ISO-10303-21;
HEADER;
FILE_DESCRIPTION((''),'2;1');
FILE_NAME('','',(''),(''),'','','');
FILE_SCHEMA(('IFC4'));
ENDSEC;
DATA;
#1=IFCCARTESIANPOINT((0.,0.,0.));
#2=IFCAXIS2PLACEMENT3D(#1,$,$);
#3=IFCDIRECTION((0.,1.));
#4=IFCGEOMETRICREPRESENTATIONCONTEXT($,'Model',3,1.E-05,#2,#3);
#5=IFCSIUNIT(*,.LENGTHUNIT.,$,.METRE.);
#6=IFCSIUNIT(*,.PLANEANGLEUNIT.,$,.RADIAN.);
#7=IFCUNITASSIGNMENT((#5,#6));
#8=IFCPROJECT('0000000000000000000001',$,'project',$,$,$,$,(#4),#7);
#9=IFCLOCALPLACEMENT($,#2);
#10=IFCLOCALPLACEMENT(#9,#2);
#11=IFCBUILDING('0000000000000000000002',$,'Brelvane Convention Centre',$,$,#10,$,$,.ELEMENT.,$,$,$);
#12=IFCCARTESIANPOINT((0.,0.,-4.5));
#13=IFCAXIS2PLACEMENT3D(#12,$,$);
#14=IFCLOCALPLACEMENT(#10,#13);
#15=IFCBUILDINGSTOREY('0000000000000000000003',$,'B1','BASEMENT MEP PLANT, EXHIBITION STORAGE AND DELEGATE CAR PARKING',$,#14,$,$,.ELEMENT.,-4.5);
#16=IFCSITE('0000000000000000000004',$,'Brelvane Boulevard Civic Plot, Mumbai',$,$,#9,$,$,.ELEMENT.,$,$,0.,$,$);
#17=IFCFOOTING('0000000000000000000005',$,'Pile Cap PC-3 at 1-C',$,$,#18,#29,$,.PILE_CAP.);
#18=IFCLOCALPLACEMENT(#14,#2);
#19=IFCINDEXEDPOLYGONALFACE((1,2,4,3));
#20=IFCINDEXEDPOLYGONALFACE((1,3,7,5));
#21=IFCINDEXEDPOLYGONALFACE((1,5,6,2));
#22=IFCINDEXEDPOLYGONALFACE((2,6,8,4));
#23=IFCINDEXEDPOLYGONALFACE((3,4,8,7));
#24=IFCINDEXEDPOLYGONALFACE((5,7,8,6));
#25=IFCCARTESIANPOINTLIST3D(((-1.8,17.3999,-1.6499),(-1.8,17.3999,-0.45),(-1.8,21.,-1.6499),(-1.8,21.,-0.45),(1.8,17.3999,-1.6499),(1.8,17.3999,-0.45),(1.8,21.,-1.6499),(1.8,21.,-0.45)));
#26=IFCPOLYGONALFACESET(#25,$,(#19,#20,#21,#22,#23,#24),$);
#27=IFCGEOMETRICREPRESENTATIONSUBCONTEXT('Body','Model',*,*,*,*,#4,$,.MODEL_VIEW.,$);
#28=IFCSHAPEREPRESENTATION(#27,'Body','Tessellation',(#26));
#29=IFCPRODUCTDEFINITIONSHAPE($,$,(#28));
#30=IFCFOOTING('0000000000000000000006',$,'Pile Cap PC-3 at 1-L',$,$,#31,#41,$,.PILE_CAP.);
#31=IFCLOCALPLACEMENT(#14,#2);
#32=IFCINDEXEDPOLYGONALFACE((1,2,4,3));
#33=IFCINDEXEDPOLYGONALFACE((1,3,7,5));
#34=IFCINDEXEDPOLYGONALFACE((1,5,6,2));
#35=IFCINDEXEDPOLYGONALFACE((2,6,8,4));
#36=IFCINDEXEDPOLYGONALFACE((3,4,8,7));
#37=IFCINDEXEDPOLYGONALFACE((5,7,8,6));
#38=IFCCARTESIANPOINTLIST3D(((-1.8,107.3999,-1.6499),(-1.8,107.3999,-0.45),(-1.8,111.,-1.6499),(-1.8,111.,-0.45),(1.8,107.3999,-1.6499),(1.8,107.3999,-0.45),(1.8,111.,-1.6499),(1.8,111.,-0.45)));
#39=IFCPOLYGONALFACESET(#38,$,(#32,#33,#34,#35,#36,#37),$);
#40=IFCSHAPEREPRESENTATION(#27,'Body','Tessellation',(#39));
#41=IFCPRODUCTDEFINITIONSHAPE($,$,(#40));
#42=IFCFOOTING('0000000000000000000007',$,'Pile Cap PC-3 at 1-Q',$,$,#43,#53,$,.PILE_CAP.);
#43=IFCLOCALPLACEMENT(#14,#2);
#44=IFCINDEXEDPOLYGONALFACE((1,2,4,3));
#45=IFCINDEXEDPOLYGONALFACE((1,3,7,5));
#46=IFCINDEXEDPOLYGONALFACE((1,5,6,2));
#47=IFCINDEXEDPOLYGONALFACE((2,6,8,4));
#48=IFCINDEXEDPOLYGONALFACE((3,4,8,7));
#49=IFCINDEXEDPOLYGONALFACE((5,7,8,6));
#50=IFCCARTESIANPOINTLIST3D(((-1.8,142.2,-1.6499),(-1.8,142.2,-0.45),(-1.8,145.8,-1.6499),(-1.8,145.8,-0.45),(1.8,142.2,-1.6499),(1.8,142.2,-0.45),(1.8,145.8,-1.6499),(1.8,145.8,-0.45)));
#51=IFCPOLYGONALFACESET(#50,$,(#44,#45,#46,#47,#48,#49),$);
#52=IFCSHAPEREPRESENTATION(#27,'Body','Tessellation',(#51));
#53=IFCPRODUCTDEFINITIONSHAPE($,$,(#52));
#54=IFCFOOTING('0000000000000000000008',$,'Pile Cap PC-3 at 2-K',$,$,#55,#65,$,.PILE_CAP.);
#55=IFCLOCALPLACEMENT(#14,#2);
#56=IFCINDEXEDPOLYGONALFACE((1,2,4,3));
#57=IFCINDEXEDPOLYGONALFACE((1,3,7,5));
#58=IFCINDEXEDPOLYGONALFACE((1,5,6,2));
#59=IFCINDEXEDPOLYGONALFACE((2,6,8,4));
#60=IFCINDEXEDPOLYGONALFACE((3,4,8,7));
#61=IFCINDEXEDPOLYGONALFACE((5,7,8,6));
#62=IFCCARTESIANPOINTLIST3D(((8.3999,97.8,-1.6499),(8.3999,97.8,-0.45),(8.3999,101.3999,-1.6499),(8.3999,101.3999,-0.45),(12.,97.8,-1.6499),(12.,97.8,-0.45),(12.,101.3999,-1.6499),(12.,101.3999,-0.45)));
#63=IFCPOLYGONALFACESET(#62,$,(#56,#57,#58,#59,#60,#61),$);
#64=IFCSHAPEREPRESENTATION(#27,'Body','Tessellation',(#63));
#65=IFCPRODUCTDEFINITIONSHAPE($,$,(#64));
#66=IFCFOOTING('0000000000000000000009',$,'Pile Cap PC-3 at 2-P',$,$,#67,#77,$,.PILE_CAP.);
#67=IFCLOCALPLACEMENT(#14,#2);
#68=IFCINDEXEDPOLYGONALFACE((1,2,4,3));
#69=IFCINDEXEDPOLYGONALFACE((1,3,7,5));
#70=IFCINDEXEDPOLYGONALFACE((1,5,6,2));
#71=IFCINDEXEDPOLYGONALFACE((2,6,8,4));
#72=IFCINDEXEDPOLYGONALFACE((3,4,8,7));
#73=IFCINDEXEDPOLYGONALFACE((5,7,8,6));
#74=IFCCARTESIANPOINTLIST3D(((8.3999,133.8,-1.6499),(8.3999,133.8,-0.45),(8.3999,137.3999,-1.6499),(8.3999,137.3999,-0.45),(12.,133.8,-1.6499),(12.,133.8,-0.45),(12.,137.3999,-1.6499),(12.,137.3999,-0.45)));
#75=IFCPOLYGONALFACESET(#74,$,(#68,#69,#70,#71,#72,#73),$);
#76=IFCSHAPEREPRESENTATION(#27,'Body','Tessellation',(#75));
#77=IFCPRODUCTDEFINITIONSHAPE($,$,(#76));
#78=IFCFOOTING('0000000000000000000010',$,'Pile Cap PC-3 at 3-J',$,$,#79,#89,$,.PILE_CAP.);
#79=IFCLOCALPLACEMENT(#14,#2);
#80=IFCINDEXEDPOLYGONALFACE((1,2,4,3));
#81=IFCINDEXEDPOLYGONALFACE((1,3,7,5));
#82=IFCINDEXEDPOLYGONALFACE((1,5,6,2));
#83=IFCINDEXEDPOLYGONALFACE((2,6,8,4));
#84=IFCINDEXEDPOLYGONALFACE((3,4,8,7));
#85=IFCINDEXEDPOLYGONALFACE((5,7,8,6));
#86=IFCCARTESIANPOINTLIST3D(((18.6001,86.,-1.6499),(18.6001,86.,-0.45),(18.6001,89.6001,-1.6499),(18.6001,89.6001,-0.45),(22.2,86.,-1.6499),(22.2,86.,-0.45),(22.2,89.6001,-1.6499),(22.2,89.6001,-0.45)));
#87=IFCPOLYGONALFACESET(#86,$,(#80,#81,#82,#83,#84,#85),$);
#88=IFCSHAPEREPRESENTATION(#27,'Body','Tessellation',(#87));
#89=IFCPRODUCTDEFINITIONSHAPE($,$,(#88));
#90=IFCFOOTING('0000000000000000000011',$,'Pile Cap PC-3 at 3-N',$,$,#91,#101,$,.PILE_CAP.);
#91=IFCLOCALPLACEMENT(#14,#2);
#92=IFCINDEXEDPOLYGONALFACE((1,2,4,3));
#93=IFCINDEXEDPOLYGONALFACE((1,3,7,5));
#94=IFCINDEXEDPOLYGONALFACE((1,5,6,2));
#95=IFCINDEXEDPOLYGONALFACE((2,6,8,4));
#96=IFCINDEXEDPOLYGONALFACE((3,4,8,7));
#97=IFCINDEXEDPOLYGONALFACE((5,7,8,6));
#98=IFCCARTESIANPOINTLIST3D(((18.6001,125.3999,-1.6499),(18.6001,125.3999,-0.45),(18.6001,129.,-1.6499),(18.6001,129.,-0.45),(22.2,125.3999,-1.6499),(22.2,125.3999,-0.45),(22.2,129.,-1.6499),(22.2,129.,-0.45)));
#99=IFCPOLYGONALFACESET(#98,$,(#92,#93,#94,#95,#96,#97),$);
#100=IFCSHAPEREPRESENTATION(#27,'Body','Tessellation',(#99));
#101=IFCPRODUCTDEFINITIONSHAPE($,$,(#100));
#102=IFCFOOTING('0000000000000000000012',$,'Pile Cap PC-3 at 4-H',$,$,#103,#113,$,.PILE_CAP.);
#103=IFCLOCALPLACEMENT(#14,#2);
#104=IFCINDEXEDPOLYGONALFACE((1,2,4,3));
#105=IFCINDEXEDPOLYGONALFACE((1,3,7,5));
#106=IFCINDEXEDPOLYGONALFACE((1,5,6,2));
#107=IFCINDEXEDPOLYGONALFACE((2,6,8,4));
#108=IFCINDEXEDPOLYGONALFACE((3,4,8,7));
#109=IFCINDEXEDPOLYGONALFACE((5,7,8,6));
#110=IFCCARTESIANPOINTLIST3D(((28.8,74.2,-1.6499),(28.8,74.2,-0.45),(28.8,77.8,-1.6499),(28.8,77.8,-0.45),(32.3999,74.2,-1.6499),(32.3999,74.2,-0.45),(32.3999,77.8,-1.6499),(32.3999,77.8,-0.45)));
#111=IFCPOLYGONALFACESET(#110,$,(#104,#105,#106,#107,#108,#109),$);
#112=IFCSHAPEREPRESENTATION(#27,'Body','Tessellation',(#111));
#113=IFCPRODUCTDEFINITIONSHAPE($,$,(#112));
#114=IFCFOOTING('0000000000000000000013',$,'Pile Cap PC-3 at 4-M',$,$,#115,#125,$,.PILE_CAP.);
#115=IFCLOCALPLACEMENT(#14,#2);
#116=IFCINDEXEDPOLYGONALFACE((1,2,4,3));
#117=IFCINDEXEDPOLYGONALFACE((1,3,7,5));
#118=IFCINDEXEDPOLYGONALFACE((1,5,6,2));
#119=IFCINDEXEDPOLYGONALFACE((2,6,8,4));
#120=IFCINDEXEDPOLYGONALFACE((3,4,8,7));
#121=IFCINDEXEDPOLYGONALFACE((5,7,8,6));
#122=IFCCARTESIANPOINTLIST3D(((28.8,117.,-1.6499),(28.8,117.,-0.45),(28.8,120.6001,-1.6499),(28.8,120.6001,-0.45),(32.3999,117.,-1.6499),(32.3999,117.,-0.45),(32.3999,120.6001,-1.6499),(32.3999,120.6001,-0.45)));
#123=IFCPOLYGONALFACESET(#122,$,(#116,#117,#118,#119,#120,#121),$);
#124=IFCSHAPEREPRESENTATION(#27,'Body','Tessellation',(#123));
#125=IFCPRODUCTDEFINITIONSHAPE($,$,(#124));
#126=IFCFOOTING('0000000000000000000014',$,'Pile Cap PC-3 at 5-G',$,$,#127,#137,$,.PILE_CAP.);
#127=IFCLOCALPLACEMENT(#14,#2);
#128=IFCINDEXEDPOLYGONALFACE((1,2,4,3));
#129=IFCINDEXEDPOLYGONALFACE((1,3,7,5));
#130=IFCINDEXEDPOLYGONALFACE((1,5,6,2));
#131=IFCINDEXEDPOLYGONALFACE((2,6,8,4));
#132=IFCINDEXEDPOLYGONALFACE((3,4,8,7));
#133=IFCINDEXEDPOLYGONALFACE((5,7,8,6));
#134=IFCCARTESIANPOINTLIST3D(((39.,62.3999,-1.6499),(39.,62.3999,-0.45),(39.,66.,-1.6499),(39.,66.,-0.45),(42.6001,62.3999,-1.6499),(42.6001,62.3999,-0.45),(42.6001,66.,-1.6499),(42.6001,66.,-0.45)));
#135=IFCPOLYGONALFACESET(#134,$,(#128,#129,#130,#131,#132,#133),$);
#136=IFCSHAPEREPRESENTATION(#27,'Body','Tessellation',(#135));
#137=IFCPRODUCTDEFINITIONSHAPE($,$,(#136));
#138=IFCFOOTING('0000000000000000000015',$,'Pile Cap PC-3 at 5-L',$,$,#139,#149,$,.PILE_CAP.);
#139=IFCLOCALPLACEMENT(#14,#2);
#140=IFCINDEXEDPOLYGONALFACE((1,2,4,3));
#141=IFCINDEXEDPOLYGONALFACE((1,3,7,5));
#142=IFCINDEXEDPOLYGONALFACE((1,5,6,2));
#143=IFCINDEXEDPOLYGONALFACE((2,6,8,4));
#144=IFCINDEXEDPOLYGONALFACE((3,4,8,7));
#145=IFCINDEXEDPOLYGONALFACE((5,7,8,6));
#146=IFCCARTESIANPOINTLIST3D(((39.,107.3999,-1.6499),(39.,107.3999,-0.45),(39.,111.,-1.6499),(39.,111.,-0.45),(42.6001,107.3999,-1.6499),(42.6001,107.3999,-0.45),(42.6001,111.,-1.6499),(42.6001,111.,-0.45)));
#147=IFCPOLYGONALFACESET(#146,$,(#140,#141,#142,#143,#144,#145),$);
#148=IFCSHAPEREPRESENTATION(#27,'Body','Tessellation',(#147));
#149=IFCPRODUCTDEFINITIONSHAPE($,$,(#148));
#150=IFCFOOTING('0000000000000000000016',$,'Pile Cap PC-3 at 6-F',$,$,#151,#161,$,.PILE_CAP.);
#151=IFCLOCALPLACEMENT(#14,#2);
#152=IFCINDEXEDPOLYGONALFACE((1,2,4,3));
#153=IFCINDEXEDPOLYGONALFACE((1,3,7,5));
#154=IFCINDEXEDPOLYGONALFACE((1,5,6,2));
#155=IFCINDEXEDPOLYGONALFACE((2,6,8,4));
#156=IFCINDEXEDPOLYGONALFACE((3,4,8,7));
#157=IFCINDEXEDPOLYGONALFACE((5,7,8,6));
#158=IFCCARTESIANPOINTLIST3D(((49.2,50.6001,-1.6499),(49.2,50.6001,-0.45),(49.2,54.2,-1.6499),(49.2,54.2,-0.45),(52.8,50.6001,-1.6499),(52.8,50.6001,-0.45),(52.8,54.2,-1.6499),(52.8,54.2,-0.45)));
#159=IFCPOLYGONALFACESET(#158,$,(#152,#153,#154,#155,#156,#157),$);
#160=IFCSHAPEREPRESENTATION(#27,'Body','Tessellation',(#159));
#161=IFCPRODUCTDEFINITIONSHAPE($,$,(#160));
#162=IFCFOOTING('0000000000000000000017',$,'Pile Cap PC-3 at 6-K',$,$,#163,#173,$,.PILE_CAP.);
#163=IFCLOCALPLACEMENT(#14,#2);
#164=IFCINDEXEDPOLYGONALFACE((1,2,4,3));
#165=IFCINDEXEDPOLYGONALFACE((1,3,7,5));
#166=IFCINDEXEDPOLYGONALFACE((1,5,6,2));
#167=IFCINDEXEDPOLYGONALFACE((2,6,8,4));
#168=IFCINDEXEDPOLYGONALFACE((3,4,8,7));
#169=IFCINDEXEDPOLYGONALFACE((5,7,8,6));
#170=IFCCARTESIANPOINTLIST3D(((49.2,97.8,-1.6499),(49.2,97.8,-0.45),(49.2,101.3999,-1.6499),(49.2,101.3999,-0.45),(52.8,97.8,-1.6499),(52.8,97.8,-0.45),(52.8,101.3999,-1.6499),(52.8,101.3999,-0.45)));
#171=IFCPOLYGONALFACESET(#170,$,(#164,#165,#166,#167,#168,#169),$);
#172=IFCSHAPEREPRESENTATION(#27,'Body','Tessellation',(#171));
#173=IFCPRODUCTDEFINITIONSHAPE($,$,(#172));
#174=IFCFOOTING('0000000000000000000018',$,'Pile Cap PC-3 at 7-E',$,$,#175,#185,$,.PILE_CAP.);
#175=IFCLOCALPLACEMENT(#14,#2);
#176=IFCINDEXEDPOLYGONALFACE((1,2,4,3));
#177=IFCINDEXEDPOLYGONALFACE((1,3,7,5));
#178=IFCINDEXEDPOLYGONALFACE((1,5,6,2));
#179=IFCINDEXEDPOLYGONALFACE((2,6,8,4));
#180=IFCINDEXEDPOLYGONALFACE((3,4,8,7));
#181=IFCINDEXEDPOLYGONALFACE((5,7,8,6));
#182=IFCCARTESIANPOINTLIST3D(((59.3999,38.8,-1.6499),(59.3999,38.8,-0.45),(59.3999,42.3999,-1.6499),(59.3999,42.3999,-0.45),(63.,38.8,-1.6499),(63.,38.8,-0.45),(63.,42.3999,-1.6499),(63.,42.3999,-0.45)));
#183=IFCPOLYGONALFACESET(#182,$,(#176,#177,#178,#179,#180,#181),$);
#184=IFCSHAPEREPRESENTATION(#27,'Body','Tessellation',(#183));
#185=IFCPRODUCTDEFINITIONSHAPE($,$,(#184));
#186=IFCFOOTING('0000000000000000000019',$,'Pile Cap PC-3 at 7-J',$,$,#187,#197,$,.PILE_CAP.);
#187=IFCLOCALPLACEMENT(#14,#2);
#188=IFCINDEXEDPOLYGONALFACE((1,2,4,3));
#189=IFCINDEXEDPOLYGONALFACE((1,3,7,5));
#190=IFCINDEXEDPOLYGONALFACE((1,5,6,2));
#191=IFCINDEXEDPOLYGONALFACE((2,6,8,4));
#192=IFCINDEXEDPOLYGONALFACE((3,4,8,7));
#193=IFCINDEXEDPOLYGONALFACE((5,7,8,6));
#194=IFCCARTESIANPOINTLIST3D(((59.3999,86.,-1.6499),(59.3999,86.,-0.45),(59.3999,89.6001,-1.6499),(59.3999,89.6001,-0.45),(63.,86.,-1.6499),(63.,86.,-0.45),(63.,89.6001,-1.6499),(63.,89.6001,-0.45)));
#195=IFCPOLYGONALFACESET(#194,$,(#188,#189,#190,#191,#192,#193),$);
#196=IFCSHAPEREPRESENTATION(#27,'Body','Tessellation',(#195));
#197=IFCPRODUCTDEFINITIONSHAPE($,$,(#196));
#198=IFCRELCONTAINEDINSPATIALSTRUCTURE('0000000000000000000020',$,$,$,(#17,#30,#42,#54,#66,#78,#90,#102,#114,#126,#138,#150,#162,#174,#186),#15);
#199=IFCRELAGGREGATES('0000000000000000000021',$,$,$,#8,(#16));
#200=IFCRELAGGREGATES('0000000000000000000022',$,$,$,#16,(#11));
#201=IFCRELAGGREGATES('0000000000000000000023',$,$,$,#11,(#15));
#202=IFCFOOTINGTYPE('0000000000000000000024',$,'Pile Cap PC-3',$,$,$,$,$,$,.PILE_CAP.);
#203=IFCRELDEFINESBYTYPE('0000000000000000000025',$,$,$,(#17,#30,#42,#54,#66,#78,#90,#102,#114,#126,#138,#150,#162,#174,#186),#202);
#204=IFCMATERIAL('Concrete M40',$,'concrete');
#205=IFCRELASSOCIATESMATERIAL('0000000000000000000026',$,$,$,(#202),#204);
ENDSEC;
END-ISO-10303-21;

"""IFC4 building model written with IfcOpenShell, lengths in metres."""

from ifc_helpers import new_model, si_unit, direction, frame, origin, place, context, subcontext, project, spatial, polyline, outline, extrude, material, type_object, element, save


model = new_model("IFC4")

# Units and contexts
model_context = context("Model", 3, precision=1e-05, world=origin(), true_north=direction((0.0, 1.0)))
body_context = subcontext(model_context, "Body", "Model", "MODEL_VIEW")
ifc_project = project(units=[si_unit("LENGTHUNIT", "METRE"), si_unit("PLANEANGLEUNIT", "RADIAN")], contexts=[model_context])

# Site, building, storey
site_placement = place(None, origin())
site = spatial("IfcSite", under=ifc_project, at=site_placement, Name="Brelvane Boulevard Civic Plot, Mumbai", CompositionType="ELEMENT", RefElevation=0.0)
building_placement = place(site_placement, origin())
building = spatial("IfcBuilding", under=site, at=building_placement, Name="Brelvane Convention Centre", CompositionType="ELEMENT")
storey_placement = place(building_placement, frame((0.0, 0.0, -4.5)))
storey = spatial("IfcBuildingStorey", under=building, at=storey_placement, Name="B1", Description="BASEMENT MEP PLANT, EXHIBITION STORAGE AND DELEGATE CAR PARKING", CompositionType="ELEMENT", Elevation=-4.5)

# Footings
ifc_material_1 = material(Name="Concrete M40", Category="concrete")
footing_type_1 = type_object("IfcFootingType", Name="Pile Cap PC-3", PredefinedType="PILE_CAP", material=ifc_material_1)
footing_1_placement = place(storey_placement, frame((0.0, 0.0, -1.6499)))
element("IfcFooting", 1, at=footing_1_placement, inside=storey, type_object=footing_type_1, Name="Pile Cap PC-3 at 1-C", PredefinedType="PILE_CAP", context=body_context, shape_type="SweptSolid", body=[
    extrude(outline(polyline([(-1.8, 17.3999), (1.8, 17.3999), (1.8, 21.0), (-1.8, 21.0), (-1.8, 17.3999)])), origin(), (0.0, 0.0, 1.0), 1.2),
])
footing_2_placement = place(storey_placement, frame((0.0, 0.0, -1.6499)))
element("IfcFooting", 2, at=footing_2_placement, inside=storey, type_object=footing_type_1, Name="Pile Cap PC-3 at 1-L", PredefinedType="PILE_CAP", context=body_context, shape_type="SweptSolid", body=[
    extrude(outline(polyline([(-1.8, 107.3999), (1.8, 107.3999), (1.8, 111.0), (-1.8, 111.0), (-1.8, 107.3999)])), origin(), (0.0, 0.0, 1.0), 1.2),
])
footing_3_placement = place(storey_placement, frame((0.0, 0.0, -1.6499)))
element("IfcFooting", 3, at=footing_3_placement, inside=storey, type_object=footing_type_1, Name="Pile Cap PC-3 at 1-Q", PredefinedType="PILE_CAP", context=body_context, shape_type="SweptSolid", body=[
    extrude(outline(polyline([(-1.8, 142.2), (1.8, 142.2), (1.8, 145.8), (-1.8, 145.8), (-1.8, 142.2)])), origin(), (0.0, 0.0, 1.0), 1.2),
])
footing_4_placement = place(storey_placement, frame((0.0, 0.0, -1.6499)))
element("IfcFooting", 4, at=footing_4_placement, inside=storey, type_object=footing_type_1, Name="Pile Cap PC-3 at 2-K", PredefinedType="PILE_CAP", context=body_context, shape_type="SweptSolid", body=[
    extrude(outline(polyline([(8.3999, 97.8), (12.0, 97.8), (12.0, 101.3999), (8.3999, 101.3999), (8.3999, 97.8)])), origin(), (0.0, 0.0, 1.0), 1.2),
])
footing_5_placement = place(storey_placement, frame((0.0, 0.0, -1.6499)))
element("IfcFooting", 5, at=footing_5_placement, inside=storey, type_object=footing_type_1, Name="Pile Cap PC-3 at 2-P", PredefinedType="PILE_CAP", context=body_context, shape_type="SweptSolid", body=[
    extrude(outline(polyline([(8.3999, 133.8), (12.0, 133.8), (12.0, 137.3999), (8.3999, 137.3999), (8.3999, 133.8)])), origin(), (0.0, 0.0, 1.0), 1.2),
])
footing_6_placement = place(storey_placement, frame((0.0, 0.0, -1.6499)))
element("IfcFooting", 6, at=footing_6_placement, inside=storey, type_object=footing_type_1, Name="Pile Cap PC-3 at 3-J", PredefinedType="PILE_CAP", context=body_context, shape_type="SweptSolid", body=[
    extrude(outline(polyline([(18.6001, 86.0), (22.2, 86.0), (22.2, 89.6001), (18.6001, 89.6001), (18.6001, 86.0)])), origin(), (0.0, 0.0, 1.0), 1.2),
])
footing_7_placement = place(storey_placement, frame((0.0, 0.0, -1.6499)))
element("IfcFooting", 7, at=footing_7_placement, inside=storey, type_object=footing_type_1, Name="Pile Cap PC-3 at 3-N", PredefinedType="PILE_CAP", context=body_context, shape_type="SweptSolid", body=[
    extrude(outline(polyline([(18.6001, 125.3999), (22.2, 125.3999), (22.2, 129.0), (18.6001, 129.0), (18.6001, 125.3999)])), origin(), (0.0, 0.0, 1.0), 1.2),
])
footing_8_placement = place(storey_placement, frame((0.0, 0.0, -1.6499)))
element("IfcFooting", 8, at=footing_8_placement, inside=storey, type_object=footing_type_1, Name="Pile Cap PC-3 at 4-H", PredefinedType="PILE_CAP", context=body_context, shape_type="SweptSolid", body=[
    extrude(outline(polyline([(28.8, 74.2), (32.3999, 74.2), (32.3999, 77.8), (28.8, 77.8), (28.8, 74.2)])), origin(), (0.0, 0.0, 1.0), 1.2),
])
footing_9_placement = place(storey_placement, frame((0.0, 0.0, -1.6499)))
element("IfcFooting", 9, at=footing_9_placement, inside=storey, type_object=footing_type_1, Name="Pile Cap PC-3 at 4-M", PredefinedType="PILE_CAP", context=body_context, shape_type="SweptSolid", body=[
    extrude(outline(polyline([(28.8, 117.0), (32.3999, 117.0), (32.3999, 120.6001), (28.8, 120.6001), (28.8, 117.0)])), origin(), (0.0, 0.0, 1.0), 1.2),
])
footing_10_placement = place(storey_placement, frame((0.0, 0.0, -1.6499)))
element("IfcFooting", 10, at=footing_10_placement, inside=storey, type_object=footing_type_1, Name="Pile Cap PC-3 at 5-G", PredefinedType="PILE_CAP", context=body_context, shape_type="SweptSolid", body=[
    extrude(outline(polyline([(39.0, 62.3999), (42.6001, 62.3999), (42.6001, 66.0), (39.0, 66.0), (39.0, 62.3999)])), origin(), (0.0, 0.0, 1.0), 1.2),
])
footing_11_placement = place(storey_placement, frame((0.0, 0.0, -1.6499)))
element("IfcFooting", 11, at=footing_11_placement, inside=storey, type_object=footing_type_1, Name="Pile Cap PC-3 at 5-L", PredefinedType="PILE_CAP", context=body_context, shape_type="SweptSolid", body=[
    extrude(outline(polyline([(39.0, 107.3999), (42.6001, 107.3999), (42.6001, 111.0), (39.0, 111.0), (39.0, 107.3999)])), origin(), (0.0, 0.0, 1.0), 1.2),
])
footing_12_placement = place(storey_placement, frame((0.0, 0.0, -1.6499)))
element("IfcFooting", 12, at=footing_12_placement, inside=storey, type_object=footing_type_1, Name="Pile Cap PC-3 at 6-F", PredefinedType="PILE_CAP", context=body_context, shape_type="SweptSolid", body=[
    extrude(outline(polyline([(49.2, 50.6001), (52.8, 50.6001), (52.8, 54.2), (49.2, 54.2), (49.2, 50.6001)])), origin(), (0.0, 0.0, 1.0), 1.2),
])
footing_13_placement = place(storey_placement, frame((0.0, 0.0, -1.6499)))
element("IfcFooting", 13, at=footing_13_placement, inside=storey, type_object=footing_type_1, Name="Pile Cap PC-3 at 6-K", PredefinedType="PILE_CAP", context=body_context, shape_type="SweptSolid", body=[
    extrude(outline(polyline([(49.2, 97.8), (52.8, 97.8), (52.8, 101.3999), (49.2, 101.3999), (49.2, 97.8)])), origin(), (0.0, 0.0, 1.0), 1.2),
])
footing_14_placement = place(storey_placement, frame((0.0, 0.0, -1.6499)))
element("IfcFooting", 14, at=footing_14_placement, inside=storey, type_object=footing_type_1, Name="Pile Cap PC-3 at 7-E", PredefinedType="PILE_CAP", context=body_context, shape_type="SweptSolid", body=[
    extrude(outline(polyline([(59.3999, 38.8), (63.0, 38.8), (63.0, 42.3999), (59.3999, 42.3999), (59.3999, 38.8)])), origin(), (0.0, 0.0, 1.0), 1.2),
])
footing_15_placement = place(storey_placement, frame((0.0, 0.0, -1.6499)))
element("IfcFooting", 15, at=footing_15_placement, inside=storey, type_object=footing_type_1, Name="Pile Cap PC-3 at 7-J", PredefinedType="PILE_CAP", context=body_context, shape_type="SweptSolid", body=[
    extrude(outline(polyline([(59.3999, 86.0), (63.0, 86.0), (63.0, 89.6001), (59.3999, 89.6001), (59.3999, 86.0)])), origin(), (0.0, 0.0, 1.0), 1.2),
])

save(model, "model.ifc")
